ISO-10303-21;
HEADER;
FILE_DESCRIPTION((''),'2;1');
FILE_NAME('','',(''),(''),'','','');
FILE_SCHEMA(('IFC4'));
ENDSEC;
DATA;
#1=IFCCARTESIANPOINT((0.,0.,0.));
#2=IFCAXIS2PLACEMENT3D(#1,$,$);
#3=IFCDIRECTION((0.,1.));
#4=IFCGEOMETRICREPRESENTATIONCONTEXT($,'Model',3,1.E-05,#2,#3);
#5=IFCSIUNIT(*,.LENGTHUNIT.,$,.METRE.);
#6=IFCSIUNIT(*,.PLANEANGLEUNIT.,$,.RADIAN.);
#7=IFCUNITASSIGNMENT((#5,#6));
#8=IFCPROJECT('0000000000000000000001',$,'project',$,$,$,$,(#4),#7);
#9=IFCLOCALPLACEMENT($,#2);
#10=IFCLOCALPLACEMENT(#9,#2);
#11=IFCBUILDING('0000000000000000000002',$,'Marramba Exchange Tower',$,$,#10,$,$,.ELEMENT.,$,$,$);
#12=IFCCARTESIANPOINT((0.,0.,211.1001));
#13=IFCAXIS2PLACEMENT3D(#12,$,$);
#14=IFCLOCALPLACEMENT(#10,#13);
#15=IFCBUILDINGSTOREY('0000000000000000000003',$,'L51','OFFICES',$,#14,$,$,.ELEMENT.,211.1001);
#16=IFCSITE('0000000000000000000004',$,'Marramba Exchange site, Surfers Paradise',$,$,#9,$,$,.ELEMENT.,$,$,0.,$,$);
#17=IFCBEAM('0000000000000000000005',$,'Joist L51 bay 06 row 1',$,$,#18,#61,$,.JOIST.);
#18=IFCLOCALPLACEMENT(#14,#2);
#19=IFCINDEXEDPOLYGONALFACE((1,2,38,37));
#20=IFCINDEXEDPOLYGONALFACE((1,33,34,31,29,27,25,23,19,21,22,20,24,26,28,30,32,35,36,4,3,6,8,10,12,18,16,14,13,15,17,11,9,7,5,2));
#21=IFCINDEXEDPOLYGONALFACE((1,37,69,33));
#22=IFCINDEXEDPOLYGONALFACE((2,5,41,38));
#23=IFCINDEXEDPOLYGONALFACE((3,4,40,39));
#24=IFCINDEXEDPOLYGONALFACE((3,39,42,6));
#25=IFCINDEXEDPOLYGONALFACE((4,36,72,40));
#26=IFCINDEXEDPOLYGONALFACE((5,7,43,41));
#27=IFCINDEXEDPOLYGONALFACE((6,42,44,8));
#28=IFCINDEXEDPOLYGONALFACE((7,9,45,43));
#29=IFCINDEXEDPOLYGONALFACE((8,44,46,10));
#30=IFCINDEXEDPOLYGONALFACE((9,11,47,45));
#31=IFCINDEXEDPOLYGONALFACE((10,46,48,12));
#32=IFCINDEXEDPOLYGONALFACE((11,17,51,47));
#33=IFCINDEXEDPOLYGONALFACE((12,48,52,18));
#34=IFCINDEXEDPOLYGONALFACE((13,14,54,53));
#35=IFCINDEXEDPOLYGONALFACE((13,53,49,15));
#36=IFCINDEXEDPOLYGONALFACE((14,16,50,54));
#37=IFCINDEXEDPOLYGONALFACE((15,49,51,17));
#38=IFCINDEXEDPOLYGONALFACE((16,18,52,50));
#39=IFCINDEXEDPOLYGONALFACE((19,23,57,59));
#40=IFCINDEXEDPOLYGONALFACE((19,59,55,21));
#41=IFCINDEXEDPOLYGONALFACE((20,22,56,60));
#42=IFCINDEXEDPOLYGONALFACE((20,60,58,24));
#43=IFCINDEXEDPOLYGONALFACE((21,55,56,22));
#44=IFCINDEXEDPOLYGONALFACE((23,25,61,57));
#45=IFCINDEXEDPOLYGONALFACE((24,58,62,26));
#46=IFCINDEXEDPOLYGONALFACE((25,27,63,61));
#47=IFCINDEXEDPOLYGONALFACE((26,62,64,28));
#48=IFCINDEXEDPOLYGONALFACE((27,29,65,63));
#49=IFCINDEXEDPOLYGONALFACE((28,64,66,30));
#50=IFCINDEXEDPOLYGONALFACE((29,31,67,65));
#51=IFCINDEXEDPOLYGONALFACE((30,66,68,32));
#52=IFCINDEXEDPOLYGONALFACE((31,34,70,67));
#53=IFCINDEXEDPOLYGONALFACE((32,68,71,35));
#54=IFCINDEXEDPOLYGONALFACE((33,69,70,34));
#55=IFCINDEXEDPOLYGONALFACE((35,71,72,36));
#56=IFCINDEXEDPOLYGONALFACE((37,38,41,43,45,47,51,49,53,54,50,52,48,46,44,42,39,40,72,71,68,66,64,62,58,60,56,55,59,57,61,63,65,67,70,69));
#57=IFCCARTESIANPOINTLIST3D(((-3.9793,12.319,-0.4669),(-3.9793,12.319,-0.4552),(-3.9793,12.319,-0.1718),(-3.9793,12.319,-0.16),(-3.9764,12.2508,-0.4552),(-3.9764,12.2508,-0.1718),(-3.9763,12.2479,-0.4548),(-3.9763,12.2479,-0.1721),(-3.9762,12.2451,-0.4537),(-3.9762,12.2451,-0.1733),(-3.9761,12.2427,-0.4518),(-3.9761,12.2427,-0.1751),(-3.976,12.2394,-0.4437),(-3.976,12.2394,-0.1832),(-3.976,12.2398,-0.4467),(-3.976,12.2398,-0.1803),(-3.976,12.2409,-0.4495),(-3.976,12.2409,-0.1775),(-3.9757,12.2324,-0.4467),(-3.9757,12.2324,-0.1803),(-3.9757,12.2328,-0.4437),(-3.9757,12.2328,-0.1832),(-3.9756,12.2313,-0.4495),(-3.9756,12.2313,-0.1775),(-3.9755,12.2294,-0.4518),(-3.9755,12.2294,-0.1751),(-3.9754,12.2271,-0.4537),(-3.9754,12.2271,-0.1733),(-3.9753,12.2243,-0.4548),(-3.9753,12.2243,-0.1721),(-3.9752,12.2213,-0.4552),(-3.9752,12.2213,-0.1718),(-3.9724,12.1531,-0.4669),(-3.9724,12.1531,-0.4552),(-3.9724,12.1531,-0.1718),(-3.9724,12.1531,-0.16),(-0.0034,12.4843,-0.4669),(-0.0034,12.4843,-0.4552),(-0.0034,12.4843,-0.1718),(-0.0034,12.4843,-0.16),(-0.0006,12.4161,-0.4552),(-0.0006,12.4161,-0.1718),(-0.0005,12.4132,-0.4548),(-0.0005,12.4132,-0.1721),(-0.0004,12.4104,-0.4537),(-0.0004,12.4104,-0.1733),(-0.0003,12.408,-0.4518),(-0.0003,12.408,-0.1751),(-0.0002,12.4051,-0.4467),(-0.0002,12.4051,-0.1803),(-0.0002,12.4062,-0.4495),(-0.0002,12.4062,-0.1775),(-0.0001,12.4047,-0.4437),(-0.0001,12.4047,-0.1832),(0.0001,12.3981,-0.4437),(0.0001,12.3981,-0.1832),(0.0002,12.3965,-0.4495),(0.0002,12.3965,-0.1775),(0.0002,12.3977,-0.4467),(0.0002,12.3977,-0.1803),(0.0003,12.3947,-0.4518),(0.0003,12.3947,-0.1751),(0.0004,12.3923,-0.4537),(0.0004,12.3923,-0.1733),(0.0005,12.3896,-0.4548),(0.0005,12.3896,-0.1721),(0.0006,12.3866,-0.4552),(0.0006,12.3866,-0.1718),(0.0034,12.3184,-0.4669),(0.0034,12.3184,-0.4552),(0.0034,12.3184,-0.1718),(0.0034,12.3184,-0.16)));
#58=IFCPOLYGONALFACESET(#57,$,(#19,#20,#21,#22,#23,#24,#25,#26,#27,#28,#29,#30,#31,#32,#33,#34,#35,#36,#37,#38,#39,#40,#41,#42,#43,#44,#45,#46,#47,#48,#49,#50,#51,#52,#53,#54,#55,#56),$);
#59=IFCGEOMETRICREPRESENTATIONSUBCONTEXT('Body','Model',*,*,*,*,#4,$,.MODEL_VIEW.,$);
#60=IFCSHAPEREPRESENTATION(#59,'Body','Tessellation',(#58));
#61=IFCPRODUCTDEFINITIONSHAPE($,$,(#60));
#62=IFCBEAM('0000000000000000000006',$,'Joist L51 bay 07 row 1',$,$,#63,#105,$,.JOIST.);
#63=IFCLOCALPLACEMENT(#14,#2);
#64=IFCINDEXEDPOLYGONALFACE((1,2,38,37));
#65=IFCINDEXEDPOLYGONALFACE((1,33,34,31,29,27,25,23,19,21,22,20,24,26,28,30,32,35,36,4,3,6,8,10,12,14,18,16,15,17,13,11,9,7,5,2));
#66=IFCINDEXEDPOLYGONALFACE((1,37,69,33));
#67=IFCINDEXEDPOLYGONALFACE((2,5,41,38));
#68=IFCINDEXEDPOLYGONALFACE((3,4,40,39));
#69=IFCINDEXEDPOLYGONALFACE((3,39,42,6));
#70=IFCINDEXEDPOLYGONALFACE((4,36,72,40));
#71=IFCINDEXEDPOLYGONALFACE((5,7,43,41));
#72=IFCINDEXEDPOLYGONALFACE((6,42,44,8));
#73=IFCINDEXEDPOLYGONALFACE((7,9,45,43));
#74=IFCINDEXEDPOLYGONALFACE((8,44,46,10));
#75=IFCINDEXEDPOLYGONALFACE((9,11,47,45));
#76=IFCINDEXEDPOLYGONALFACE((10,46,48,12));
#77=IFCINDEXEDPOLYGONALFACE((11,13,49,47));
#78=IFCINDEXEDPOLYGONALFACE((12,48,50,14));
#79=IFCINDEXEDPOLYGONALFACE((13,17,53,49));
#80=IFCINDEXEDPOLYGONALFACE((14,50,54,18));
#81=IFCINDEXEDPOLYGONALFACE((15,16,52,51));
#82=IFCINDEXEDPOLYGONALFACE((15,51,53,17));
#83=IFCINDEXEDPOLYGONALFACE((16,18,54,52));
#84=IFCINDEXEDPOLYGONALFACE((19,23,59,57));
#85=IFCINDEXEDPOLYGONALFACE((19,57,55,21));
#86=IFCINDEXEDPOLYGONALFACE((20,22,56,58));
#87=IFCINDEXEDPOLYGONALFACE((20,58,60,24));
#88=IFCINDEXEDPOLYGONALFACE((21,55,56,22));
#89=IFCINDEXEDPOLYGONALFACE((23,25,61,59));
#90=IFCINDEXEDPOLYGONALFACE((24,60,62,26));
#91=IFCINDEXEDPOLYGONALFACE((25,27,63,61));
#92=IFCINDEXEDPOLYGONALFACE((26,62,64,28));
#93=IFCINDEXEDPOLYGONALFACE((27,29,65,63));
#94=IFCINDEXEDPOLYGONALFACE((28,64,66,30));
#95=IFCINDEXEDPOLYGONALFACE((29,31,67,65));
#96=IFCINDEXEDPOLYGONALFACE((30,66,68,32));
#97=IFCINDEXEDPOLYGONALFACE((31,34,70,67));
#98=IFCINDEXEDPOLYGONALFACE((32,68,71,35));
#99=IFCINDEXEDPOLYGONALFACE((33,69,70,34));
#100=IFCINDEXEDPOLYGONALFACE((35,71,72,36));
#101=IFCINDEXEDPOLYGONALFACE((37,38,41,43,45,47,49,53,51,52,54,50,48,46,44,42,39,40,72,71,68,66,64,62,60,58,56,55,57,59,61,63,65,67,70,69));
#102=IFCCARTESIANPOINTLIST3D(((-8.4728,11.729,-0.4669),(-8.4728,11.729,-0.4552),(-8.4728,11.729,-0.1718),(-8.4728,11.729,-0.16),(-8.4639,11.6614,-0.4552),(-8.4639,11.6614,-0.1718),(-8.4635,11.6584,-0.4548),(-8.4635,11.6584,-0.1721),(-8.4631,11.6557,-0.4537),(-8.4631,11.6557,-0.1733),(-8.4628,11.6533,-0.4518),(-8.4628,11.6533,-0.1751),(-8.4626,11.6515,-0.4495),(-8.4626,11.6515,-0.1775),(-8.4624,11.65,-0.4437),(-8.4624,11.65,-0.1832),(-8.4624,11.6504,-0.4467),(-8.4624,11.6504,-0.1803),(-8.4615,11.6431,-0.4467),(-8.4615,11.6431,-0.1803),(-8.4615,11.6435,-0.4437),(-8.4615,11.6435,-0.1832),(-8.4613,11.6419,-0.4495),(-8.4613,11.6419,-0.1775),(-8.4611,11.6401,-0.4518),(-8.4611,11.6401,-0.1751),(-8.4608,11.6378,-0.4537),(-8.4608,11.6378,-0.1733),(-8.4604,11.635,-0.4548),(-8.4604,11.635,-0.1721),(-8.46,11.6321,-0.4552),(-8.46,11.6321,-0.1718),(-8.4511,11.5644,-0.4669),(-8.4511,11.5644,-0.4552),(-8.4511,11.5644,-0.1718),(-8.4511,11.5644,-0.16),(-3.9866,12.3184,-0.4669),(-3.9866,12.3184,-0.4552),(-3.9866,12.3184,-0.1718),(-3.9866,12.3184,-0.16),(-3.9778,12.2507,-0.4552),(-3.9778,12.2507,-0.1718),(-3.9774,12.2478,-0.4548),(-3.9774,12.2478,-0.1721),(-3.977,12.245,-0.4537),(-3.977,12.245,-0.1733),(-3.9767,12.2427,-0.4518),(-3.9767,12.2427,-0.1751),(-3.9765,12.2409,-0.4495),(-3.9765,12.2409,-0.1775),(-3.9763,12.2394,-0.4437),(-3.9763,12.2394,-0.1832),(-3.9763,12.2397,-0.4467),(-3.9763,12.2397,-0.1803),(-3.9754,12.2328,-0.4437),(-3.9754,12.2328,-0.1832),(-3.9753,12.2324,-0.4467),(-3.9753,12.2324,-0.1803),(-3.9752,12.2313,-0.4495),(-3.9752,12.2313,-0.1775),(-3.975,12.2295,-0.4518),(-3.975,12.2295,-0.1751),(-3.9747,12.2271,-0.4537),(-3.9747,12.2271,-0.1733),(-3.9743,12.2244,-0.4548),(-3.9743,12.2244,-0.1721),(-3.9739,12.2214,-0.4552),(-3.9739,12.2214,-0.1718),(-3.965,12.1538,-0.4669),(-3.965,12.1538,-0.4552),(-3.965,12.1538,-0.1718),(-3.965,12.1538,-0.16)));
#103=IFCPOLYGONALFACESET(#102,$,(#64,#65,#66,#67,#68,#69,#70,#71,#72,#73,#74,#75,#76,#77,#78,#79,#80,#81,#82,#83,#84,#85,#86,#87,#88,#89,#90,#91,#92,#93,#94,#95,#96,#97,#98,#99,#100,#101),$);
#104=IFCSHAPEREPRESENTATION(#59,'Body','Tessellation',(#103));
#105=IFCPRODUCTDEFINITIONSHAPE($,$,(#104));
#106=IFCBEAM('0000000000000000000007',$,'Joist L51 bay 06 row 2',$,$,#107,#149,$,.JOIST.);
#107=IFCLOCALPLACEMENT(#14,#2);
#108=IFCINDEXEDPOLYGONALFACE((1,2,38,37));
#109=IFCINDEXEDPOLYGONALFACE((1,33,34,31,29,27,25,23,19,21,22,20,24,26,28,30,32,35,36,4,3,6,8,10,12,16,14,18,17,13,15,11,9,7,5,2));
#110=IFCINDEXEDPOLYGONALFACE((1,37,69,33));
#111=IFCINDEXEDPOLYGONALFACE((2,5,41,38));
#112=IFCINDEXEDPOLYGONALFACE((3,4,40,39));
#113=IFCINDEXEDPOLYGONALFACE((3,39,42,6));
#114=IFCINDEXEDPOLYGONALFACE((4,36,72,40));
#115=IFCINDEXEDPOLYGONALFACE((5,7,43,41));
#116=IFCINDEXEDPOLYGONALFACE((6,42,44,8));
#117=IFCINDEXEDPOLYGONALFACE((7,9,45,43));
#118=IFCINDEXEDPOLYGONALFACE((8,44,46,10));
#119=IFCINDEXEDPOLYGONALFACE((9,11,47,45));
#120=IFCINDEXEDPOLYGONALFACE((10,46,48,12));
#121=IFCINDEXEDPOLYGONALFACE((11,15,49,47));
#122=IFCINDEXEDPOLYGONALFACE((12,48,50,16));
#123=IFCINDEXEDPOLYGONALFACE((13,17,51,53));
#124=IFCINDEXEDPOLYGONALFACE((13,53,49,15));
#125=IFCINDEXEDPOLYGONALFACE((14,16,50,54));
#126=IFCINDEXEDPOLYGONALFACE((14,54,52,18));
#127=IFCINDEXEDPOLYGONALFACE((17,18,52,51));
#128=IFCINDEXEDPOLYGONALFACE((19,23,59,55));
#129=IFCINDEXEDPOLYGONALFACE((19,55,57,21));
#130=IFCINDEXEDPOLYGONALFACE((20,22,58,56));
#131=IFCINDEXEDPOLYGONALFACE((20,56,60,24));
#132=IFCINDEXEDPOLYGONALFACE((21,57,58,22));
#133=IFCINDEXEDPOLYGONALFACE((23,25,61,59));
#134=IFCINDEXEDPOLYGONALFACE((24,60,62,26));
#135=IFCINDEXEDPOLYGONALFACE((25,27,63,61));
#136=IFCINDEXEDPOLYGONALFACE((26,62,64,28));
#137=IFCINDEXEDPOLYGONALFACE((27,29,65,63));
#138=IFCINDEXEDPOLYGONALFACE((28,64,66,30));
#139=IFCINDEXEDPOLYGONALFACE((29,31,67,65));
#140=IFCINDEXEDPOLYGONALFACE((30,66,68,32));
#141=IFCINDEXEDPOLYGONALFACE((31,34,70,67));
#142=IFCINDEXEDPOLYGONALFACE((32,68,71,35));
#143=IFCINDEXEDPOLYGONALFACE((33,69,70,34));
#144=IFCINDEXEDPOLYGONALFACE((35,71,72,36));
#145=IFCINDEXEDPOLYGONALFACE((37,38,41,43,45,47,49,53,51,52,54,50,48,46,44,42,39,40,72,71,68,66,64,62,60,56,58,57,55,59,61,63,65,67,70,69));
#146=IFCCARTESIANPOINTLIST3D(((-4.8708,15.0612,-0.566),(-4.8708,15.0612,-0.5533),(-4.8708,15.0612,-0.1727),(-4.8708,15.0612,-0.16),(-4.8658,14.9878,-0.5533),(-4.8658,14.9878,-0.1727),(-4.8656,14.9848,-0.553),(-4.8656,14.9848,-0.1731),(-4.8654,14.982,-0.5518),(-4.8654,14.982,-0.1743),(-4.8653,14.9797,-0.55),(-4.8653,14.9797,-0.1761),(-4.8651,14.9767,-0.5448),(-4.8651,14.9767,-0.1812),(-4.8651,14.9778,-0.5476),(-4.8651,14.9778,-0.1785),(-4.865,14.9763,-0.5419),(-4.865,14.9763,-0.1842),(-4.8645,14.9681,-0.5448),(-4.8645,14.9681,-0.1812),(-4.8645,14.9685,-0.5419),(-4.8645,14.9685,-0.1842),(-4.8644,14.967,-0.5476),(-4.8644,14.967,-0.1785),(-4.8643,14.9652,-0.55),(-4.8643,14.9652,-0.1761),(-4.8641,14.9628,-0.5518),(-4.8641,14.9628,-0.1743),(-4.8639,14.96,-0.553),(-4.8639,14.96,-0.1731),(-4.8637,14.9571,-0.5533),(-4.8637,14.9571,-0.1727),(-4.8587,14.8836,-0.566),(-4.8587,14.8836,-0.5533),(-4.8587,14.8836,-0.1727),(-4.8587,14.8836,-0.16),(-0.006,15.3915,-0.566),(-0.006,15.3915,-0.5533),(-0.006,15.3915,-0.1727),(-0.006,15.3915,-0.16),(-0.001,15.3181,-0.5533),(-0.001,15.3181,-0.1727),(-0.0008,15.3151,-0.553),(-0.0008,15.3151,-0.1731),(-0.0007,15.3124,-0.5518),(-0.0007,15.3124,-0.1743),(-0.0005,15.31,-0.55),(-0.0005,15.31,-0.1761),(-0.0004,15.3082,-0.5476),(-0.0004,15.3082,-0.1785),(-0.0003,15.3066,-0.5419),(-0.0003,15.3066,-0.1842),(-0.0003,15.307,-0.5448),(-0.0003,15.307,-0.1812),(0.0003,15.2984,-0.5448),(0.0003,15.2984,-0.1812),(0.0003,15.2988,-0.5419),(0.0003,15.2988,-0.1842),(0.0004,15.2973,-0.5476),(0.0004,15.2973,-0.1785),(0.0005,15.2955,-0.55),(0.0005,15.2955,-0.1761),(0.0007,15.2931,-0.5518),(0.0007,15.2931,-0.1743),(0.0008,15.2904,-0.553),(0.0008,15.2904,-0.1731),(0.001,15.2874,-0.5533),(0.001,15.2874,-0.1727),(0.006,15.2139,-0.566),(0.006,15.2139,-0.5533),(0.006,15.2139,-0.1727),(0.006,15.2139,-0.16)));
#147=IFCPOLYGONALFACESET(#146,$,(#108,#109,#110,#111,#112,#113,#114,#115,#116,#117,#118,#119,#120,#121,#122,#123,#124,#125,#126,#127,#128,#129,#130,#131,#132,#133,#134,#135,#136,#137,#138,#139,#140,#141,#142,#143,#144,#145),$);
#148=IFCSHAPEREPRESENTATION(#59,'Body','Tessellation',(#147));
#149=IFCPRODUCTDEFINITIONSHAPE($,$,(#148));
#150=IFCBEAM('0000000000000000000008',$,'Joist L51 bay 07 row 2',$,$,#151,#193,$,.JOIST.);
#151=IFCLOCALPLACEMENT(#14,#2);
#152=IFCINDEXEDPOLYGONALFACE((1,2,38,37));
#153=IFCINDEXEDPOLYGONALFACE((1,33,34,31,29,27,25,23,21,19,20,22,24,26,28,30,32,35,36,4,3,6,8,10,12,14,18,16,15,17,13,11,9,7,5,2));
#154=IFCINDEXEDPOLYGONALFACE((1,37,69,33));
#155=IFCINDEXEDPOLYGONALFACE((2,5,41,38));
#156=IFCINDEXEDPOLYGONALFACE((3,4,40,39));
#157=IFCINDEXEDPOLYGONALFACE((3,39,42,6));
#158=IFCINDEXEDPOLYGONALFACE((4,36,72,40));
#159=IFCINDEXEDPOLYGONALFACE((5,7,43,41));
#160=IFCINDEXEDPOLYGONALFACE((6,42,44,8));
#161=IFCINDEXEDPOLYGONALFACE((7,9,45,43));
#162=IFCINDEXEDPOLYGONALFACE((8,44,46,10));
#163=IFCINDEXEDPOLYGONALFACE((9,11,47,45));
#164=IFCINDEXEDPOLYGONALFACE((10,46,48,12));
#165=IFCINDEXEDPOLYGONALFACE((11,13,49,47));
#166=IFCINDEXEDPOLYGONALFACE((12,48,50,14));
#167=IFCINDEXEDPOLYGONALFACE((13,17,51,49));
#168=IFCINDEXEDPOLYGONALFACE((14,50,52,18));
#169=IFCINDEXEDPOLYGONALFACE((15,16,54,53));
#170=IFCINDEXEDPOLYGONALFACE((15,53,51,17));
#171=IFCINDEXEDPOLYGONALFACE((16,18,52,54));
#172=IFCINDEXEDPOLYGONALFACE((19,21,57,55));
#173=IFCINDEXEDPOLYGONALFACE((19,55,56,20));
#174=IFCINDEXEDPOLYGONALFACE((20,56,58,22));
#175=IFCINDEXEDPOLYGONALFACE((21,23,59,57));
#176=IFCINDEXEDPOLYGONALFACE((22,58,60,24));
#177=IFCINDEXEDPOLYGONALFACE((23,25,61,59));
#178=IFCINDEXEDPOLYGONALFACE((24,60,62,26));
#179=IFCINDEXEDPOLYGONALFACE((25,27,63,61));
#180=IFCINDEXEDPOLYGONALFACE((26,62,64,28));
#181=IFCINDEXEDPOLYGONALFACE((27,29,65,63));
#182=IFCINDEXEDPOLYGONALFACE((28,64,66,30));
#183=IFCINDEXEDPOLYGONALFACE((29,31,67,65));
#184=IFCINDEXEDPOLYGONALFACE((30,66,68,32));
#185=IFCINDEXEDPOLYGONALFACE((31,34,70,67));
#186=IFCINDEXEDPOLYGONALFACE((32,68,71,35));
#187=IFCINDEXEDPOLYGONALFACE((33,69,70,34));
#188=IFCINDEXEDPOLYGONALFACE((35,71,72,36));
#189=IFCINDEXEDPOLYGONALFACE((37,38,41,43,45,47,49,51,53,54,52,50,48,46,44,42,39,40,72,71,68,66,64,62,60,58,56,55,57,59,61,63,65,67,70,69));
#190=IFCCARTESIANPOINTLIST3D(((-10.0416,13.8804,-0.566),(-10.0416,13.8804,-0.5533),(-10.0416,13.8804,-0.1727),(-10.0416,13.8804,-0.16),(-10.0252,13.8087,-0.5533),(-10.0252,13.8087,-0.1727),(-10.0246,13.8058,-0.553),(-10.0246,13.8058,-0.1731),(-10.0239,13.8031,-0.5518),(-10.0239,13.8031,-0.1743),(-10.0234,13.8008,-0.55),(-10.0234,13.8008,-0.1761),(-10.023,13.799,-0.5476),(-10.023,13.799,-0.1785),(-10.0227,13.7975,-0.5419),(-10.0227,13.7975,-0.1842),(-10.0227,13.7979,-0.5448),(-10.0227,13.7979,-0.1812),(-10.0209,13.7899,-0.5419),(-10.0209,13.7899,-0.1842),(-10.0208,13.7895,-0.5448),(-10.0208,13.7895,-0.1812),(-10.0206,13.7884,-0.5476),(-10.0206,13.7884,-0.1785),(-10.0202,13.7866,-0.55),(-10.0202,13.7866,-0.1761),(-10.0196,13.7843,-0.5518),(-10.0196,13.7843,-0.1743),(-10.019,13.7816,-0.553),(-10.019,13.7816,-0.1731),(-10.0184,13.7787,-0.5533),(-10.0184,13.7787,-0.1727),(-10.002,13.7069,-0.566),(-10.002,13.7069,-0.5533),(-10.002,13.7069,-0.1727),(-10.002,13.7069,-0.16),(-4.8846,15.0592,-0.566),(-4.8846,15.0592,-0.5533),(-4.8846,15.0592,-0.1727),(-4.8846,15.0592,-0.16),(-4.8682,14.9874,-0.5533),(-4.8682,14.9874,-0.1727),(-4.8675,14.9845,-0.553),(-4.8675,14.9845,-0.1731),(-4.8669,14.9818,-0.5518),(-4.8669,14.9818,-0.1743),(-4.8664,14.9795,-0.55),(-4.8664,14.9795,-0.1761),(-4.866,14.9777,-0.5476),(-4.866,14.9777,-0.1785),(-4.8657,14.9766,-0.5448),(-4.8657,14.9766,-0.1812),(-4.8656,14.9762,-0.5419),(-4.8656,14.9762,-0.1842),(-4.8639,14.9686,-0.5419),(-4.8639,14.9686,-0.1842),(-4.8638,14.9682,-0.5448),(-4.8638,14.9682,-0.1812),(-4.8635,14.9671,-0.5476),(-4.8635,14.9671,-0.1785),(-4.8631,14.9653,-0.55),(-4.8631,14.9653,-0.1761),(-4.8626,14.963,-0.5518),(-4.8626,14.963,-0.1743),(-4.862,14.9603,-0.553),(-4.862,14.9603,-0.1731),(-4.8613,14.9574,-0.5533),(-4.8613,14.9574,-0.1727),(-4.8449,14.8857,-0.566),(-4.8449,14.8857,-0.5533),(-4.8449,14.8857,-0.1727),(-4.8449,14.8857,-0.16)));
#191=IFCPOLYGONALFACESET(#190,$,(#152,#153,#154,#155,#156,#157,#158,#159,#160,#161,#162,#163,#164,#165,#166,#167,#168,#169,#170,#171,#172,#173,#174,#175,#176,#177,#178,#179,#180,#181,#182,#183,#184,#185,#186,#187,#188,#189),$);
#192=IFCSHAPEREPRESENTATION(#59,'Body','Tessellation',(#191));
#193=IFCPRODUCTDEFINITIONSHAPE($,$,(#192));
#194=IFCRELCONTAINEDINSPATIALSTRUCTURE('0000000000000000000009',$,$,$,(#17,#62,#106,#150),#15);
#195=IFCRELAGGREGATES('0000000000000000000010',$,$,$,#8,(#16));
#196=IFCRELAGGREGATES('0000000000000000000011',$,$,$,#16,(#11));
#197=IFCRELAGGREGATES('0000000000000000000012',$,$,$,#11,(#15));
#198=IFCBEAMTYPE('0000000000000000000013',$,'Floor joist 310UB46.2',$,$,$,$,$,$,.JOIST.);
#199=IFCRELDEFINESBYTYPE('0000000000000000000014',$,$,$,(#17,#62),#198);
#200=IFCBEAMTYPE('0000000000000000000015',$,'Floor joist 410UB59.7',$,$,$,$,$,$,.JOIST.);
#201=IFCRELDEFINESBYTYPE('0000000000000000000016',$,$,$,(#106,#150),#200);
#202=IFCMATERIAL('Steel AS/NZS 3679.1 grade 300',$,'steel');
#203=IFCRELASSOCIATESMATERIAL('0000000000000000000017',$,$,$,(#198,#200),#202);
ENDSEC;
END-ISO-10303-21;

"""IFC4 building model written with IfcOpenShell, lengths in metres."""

from ifc_helpers import new_model, si_unit, direction, frame, origin, origin_2d, place, context, subcontext, project, spatial, i_section, extrude, material, material_profile, profile_set, type_object, element, save


model = new_model("IFC4")

# Units and contexts
model_context = context("Model", 3, precision=1e-05, world=origin(), true_north=direction((0.0, 1.0)))
body_context = subcontext(model_context, "Body", "Model", "MODEL_VIEW")
ifc_project = project(units=[si_unit("LENGTHUNIT", "METRE"), si_unit("PLANEANGLEUNIT", "RADIAN")], contexts=[model_context])

# Site, building, storey
site_placement = place(None, origin())
site = spatial("IfcSite", under=ifc_project, at=site_placement, Name="Marramba Exchange site, Surfers Paradise", CompositionType="ELEMENT", RefElevation=0.0)
building_placement = place(site_placement, origin())
building = spatial("IfcBuilding", under=site, at=building_placement, Name="Marramba Exchange Tower", CompositionType="ELEMENT")
storey_placement = place(building_placement, frame((0.0, 0.0, 211.1001)))
storey = spatial("IfcBuildingStorey", under=building, at=storey_placement, Name="L51", Description="OFFICES", CompositionType="ELEMENT", Elevation=211.1001)

# Beams
ifc_material_1 = material(Name="Steel AS/NZS 3679.1 grade 300", Category="steel")
ifc_material_profile_1 = material_profile(ifc_material_1, i_section(OverallWidth=0.166, OverallDepth=0.3069, WebThickness=0.0066, FlangeThickness=0.0117, FilletRadius=0.0115, at=origin_2d()), Name="310UB46.2")
ifc_profile_set_1 = profile_set([ifc_material_profile_1], Name="Steel AS/NZS 3679.1 grade 300")
beam_type_1 = type_object("IfcBeamType", Name="Floor joist 310UB46.2", PredefinedType="JOIST", material=ifc_profile_set_1)
beam_1_placement = place(storey_placement, frame((0.0, 12.4014, -0.3135), z_axis=(-0.999137, -0.041536, 0.0), x_axis=(0.041536, -0.999137, 0.0)))
element("IfcBeam", 1, at=beam_1_placement, inside=storey, type_object=beam_type_1, Name="Joist L51 bay 06 row 1", PredefinedType="JOIST", context=body_context, shape_type="SweptSolid", body=[
    extrude(i_section(OverallWidth=0.166, OverallDepth=0.3069, WebThickness=0.0066, FlangeThickness=0.0117, FilletRadius=0.0115, at=origin_2d()), origin(), (0.0, 0.0, 1.0), 3.9792),
])
beam_2_placement = place(storey_placement, frame((-3.9758, 12.2361, -0.3135), z_axis=(-0.991481, -0.130255, 0.0), x_axis=(0.130255, -0.991481, 0.0)))
element("IfcBeam", 2, at=beam_2_placement, inside=storey, type_object=beam_type_1, Name="Joist L51 bay 07 row 1", PredefinedType="JOIST", context=body_context, shape_type="SweptSolid", body=[
    extrude(i_section(OverallWidth=0.166, OverallDepth=0.3069, WebThickness=0.0066, FlangeThickness=0.0117, FilletRadius=0.0115, at=origin_2d()), origin(), (0.0, 0.0, 1.0), 4.5247),
])
ifc_material_profile_2 = material_profile(ifc_material_1, i_section(OverallWidth=0.178, OverallDepth=0.406, WebThickness=0.0078, FlangeThickness=0.0127, FilletRadius=0.0115, at=origin_2d()), Name="410UB59.7")
ifc_profile_set_2 = profile_set([ifc_material_profile_2], Name="Steel AS/NZS 3679.1 grade 300")
beam_type_2 = type_object("IfcBeamType", Name="Floor joist 410UB59.7", PredefinedType="JOIST", material=ifc_profile_set_2)
beam_3_placement = place(storey_placement, frame((0.0, 15.3027, -0.363), z_axis=(-0.997703, -0.067745, 0.0), x_axis=(0.067745, -0.997703, 0.0)))
element("IfcBeam", 3, at=beam_3_placement, inside=storey, type_object=beam_type_2, Name="Joist L51 bay 06 row 2", PredefinedType="JOIST", context=body_context, shape_type="SweptSolid", body=[
    extrude(i_section(OverallWidth=0.178, OverallDepth=0.406, WebThickness=0.0078, FlangeThickness=0.0127, FilletRadius=0.0115, at=origin_2d()), origin(), (0.0, 0.0, 1.0), 4.876),
])
beam_4_placement = place(storey_placement, frame((-4.8647, 14.9724, -0.363), z_axis=(-0.97486, -0.22282, 0.0), x_axis=(0.22282, -0.97486, 0.0)))
element("IfcBeam", 4, at=beam_4_placement, inside=storey, type_object=beam_type_2, Name="Joist L51 bay 07 row 2", PredefinedType="JOIST", context=body_context, shape_type="SweptSolid", body=[
    extrude(i_section(OverallWidth=0.178, OverallDepth=0.406, WebThickness=0.0078, FlangeThickness=0.0127, FilletRadius=0.0115, at=origin_2d()), origin(), (0.0, 0.0, 1.0), 5.29),
])

save(model, "model.ifc")
